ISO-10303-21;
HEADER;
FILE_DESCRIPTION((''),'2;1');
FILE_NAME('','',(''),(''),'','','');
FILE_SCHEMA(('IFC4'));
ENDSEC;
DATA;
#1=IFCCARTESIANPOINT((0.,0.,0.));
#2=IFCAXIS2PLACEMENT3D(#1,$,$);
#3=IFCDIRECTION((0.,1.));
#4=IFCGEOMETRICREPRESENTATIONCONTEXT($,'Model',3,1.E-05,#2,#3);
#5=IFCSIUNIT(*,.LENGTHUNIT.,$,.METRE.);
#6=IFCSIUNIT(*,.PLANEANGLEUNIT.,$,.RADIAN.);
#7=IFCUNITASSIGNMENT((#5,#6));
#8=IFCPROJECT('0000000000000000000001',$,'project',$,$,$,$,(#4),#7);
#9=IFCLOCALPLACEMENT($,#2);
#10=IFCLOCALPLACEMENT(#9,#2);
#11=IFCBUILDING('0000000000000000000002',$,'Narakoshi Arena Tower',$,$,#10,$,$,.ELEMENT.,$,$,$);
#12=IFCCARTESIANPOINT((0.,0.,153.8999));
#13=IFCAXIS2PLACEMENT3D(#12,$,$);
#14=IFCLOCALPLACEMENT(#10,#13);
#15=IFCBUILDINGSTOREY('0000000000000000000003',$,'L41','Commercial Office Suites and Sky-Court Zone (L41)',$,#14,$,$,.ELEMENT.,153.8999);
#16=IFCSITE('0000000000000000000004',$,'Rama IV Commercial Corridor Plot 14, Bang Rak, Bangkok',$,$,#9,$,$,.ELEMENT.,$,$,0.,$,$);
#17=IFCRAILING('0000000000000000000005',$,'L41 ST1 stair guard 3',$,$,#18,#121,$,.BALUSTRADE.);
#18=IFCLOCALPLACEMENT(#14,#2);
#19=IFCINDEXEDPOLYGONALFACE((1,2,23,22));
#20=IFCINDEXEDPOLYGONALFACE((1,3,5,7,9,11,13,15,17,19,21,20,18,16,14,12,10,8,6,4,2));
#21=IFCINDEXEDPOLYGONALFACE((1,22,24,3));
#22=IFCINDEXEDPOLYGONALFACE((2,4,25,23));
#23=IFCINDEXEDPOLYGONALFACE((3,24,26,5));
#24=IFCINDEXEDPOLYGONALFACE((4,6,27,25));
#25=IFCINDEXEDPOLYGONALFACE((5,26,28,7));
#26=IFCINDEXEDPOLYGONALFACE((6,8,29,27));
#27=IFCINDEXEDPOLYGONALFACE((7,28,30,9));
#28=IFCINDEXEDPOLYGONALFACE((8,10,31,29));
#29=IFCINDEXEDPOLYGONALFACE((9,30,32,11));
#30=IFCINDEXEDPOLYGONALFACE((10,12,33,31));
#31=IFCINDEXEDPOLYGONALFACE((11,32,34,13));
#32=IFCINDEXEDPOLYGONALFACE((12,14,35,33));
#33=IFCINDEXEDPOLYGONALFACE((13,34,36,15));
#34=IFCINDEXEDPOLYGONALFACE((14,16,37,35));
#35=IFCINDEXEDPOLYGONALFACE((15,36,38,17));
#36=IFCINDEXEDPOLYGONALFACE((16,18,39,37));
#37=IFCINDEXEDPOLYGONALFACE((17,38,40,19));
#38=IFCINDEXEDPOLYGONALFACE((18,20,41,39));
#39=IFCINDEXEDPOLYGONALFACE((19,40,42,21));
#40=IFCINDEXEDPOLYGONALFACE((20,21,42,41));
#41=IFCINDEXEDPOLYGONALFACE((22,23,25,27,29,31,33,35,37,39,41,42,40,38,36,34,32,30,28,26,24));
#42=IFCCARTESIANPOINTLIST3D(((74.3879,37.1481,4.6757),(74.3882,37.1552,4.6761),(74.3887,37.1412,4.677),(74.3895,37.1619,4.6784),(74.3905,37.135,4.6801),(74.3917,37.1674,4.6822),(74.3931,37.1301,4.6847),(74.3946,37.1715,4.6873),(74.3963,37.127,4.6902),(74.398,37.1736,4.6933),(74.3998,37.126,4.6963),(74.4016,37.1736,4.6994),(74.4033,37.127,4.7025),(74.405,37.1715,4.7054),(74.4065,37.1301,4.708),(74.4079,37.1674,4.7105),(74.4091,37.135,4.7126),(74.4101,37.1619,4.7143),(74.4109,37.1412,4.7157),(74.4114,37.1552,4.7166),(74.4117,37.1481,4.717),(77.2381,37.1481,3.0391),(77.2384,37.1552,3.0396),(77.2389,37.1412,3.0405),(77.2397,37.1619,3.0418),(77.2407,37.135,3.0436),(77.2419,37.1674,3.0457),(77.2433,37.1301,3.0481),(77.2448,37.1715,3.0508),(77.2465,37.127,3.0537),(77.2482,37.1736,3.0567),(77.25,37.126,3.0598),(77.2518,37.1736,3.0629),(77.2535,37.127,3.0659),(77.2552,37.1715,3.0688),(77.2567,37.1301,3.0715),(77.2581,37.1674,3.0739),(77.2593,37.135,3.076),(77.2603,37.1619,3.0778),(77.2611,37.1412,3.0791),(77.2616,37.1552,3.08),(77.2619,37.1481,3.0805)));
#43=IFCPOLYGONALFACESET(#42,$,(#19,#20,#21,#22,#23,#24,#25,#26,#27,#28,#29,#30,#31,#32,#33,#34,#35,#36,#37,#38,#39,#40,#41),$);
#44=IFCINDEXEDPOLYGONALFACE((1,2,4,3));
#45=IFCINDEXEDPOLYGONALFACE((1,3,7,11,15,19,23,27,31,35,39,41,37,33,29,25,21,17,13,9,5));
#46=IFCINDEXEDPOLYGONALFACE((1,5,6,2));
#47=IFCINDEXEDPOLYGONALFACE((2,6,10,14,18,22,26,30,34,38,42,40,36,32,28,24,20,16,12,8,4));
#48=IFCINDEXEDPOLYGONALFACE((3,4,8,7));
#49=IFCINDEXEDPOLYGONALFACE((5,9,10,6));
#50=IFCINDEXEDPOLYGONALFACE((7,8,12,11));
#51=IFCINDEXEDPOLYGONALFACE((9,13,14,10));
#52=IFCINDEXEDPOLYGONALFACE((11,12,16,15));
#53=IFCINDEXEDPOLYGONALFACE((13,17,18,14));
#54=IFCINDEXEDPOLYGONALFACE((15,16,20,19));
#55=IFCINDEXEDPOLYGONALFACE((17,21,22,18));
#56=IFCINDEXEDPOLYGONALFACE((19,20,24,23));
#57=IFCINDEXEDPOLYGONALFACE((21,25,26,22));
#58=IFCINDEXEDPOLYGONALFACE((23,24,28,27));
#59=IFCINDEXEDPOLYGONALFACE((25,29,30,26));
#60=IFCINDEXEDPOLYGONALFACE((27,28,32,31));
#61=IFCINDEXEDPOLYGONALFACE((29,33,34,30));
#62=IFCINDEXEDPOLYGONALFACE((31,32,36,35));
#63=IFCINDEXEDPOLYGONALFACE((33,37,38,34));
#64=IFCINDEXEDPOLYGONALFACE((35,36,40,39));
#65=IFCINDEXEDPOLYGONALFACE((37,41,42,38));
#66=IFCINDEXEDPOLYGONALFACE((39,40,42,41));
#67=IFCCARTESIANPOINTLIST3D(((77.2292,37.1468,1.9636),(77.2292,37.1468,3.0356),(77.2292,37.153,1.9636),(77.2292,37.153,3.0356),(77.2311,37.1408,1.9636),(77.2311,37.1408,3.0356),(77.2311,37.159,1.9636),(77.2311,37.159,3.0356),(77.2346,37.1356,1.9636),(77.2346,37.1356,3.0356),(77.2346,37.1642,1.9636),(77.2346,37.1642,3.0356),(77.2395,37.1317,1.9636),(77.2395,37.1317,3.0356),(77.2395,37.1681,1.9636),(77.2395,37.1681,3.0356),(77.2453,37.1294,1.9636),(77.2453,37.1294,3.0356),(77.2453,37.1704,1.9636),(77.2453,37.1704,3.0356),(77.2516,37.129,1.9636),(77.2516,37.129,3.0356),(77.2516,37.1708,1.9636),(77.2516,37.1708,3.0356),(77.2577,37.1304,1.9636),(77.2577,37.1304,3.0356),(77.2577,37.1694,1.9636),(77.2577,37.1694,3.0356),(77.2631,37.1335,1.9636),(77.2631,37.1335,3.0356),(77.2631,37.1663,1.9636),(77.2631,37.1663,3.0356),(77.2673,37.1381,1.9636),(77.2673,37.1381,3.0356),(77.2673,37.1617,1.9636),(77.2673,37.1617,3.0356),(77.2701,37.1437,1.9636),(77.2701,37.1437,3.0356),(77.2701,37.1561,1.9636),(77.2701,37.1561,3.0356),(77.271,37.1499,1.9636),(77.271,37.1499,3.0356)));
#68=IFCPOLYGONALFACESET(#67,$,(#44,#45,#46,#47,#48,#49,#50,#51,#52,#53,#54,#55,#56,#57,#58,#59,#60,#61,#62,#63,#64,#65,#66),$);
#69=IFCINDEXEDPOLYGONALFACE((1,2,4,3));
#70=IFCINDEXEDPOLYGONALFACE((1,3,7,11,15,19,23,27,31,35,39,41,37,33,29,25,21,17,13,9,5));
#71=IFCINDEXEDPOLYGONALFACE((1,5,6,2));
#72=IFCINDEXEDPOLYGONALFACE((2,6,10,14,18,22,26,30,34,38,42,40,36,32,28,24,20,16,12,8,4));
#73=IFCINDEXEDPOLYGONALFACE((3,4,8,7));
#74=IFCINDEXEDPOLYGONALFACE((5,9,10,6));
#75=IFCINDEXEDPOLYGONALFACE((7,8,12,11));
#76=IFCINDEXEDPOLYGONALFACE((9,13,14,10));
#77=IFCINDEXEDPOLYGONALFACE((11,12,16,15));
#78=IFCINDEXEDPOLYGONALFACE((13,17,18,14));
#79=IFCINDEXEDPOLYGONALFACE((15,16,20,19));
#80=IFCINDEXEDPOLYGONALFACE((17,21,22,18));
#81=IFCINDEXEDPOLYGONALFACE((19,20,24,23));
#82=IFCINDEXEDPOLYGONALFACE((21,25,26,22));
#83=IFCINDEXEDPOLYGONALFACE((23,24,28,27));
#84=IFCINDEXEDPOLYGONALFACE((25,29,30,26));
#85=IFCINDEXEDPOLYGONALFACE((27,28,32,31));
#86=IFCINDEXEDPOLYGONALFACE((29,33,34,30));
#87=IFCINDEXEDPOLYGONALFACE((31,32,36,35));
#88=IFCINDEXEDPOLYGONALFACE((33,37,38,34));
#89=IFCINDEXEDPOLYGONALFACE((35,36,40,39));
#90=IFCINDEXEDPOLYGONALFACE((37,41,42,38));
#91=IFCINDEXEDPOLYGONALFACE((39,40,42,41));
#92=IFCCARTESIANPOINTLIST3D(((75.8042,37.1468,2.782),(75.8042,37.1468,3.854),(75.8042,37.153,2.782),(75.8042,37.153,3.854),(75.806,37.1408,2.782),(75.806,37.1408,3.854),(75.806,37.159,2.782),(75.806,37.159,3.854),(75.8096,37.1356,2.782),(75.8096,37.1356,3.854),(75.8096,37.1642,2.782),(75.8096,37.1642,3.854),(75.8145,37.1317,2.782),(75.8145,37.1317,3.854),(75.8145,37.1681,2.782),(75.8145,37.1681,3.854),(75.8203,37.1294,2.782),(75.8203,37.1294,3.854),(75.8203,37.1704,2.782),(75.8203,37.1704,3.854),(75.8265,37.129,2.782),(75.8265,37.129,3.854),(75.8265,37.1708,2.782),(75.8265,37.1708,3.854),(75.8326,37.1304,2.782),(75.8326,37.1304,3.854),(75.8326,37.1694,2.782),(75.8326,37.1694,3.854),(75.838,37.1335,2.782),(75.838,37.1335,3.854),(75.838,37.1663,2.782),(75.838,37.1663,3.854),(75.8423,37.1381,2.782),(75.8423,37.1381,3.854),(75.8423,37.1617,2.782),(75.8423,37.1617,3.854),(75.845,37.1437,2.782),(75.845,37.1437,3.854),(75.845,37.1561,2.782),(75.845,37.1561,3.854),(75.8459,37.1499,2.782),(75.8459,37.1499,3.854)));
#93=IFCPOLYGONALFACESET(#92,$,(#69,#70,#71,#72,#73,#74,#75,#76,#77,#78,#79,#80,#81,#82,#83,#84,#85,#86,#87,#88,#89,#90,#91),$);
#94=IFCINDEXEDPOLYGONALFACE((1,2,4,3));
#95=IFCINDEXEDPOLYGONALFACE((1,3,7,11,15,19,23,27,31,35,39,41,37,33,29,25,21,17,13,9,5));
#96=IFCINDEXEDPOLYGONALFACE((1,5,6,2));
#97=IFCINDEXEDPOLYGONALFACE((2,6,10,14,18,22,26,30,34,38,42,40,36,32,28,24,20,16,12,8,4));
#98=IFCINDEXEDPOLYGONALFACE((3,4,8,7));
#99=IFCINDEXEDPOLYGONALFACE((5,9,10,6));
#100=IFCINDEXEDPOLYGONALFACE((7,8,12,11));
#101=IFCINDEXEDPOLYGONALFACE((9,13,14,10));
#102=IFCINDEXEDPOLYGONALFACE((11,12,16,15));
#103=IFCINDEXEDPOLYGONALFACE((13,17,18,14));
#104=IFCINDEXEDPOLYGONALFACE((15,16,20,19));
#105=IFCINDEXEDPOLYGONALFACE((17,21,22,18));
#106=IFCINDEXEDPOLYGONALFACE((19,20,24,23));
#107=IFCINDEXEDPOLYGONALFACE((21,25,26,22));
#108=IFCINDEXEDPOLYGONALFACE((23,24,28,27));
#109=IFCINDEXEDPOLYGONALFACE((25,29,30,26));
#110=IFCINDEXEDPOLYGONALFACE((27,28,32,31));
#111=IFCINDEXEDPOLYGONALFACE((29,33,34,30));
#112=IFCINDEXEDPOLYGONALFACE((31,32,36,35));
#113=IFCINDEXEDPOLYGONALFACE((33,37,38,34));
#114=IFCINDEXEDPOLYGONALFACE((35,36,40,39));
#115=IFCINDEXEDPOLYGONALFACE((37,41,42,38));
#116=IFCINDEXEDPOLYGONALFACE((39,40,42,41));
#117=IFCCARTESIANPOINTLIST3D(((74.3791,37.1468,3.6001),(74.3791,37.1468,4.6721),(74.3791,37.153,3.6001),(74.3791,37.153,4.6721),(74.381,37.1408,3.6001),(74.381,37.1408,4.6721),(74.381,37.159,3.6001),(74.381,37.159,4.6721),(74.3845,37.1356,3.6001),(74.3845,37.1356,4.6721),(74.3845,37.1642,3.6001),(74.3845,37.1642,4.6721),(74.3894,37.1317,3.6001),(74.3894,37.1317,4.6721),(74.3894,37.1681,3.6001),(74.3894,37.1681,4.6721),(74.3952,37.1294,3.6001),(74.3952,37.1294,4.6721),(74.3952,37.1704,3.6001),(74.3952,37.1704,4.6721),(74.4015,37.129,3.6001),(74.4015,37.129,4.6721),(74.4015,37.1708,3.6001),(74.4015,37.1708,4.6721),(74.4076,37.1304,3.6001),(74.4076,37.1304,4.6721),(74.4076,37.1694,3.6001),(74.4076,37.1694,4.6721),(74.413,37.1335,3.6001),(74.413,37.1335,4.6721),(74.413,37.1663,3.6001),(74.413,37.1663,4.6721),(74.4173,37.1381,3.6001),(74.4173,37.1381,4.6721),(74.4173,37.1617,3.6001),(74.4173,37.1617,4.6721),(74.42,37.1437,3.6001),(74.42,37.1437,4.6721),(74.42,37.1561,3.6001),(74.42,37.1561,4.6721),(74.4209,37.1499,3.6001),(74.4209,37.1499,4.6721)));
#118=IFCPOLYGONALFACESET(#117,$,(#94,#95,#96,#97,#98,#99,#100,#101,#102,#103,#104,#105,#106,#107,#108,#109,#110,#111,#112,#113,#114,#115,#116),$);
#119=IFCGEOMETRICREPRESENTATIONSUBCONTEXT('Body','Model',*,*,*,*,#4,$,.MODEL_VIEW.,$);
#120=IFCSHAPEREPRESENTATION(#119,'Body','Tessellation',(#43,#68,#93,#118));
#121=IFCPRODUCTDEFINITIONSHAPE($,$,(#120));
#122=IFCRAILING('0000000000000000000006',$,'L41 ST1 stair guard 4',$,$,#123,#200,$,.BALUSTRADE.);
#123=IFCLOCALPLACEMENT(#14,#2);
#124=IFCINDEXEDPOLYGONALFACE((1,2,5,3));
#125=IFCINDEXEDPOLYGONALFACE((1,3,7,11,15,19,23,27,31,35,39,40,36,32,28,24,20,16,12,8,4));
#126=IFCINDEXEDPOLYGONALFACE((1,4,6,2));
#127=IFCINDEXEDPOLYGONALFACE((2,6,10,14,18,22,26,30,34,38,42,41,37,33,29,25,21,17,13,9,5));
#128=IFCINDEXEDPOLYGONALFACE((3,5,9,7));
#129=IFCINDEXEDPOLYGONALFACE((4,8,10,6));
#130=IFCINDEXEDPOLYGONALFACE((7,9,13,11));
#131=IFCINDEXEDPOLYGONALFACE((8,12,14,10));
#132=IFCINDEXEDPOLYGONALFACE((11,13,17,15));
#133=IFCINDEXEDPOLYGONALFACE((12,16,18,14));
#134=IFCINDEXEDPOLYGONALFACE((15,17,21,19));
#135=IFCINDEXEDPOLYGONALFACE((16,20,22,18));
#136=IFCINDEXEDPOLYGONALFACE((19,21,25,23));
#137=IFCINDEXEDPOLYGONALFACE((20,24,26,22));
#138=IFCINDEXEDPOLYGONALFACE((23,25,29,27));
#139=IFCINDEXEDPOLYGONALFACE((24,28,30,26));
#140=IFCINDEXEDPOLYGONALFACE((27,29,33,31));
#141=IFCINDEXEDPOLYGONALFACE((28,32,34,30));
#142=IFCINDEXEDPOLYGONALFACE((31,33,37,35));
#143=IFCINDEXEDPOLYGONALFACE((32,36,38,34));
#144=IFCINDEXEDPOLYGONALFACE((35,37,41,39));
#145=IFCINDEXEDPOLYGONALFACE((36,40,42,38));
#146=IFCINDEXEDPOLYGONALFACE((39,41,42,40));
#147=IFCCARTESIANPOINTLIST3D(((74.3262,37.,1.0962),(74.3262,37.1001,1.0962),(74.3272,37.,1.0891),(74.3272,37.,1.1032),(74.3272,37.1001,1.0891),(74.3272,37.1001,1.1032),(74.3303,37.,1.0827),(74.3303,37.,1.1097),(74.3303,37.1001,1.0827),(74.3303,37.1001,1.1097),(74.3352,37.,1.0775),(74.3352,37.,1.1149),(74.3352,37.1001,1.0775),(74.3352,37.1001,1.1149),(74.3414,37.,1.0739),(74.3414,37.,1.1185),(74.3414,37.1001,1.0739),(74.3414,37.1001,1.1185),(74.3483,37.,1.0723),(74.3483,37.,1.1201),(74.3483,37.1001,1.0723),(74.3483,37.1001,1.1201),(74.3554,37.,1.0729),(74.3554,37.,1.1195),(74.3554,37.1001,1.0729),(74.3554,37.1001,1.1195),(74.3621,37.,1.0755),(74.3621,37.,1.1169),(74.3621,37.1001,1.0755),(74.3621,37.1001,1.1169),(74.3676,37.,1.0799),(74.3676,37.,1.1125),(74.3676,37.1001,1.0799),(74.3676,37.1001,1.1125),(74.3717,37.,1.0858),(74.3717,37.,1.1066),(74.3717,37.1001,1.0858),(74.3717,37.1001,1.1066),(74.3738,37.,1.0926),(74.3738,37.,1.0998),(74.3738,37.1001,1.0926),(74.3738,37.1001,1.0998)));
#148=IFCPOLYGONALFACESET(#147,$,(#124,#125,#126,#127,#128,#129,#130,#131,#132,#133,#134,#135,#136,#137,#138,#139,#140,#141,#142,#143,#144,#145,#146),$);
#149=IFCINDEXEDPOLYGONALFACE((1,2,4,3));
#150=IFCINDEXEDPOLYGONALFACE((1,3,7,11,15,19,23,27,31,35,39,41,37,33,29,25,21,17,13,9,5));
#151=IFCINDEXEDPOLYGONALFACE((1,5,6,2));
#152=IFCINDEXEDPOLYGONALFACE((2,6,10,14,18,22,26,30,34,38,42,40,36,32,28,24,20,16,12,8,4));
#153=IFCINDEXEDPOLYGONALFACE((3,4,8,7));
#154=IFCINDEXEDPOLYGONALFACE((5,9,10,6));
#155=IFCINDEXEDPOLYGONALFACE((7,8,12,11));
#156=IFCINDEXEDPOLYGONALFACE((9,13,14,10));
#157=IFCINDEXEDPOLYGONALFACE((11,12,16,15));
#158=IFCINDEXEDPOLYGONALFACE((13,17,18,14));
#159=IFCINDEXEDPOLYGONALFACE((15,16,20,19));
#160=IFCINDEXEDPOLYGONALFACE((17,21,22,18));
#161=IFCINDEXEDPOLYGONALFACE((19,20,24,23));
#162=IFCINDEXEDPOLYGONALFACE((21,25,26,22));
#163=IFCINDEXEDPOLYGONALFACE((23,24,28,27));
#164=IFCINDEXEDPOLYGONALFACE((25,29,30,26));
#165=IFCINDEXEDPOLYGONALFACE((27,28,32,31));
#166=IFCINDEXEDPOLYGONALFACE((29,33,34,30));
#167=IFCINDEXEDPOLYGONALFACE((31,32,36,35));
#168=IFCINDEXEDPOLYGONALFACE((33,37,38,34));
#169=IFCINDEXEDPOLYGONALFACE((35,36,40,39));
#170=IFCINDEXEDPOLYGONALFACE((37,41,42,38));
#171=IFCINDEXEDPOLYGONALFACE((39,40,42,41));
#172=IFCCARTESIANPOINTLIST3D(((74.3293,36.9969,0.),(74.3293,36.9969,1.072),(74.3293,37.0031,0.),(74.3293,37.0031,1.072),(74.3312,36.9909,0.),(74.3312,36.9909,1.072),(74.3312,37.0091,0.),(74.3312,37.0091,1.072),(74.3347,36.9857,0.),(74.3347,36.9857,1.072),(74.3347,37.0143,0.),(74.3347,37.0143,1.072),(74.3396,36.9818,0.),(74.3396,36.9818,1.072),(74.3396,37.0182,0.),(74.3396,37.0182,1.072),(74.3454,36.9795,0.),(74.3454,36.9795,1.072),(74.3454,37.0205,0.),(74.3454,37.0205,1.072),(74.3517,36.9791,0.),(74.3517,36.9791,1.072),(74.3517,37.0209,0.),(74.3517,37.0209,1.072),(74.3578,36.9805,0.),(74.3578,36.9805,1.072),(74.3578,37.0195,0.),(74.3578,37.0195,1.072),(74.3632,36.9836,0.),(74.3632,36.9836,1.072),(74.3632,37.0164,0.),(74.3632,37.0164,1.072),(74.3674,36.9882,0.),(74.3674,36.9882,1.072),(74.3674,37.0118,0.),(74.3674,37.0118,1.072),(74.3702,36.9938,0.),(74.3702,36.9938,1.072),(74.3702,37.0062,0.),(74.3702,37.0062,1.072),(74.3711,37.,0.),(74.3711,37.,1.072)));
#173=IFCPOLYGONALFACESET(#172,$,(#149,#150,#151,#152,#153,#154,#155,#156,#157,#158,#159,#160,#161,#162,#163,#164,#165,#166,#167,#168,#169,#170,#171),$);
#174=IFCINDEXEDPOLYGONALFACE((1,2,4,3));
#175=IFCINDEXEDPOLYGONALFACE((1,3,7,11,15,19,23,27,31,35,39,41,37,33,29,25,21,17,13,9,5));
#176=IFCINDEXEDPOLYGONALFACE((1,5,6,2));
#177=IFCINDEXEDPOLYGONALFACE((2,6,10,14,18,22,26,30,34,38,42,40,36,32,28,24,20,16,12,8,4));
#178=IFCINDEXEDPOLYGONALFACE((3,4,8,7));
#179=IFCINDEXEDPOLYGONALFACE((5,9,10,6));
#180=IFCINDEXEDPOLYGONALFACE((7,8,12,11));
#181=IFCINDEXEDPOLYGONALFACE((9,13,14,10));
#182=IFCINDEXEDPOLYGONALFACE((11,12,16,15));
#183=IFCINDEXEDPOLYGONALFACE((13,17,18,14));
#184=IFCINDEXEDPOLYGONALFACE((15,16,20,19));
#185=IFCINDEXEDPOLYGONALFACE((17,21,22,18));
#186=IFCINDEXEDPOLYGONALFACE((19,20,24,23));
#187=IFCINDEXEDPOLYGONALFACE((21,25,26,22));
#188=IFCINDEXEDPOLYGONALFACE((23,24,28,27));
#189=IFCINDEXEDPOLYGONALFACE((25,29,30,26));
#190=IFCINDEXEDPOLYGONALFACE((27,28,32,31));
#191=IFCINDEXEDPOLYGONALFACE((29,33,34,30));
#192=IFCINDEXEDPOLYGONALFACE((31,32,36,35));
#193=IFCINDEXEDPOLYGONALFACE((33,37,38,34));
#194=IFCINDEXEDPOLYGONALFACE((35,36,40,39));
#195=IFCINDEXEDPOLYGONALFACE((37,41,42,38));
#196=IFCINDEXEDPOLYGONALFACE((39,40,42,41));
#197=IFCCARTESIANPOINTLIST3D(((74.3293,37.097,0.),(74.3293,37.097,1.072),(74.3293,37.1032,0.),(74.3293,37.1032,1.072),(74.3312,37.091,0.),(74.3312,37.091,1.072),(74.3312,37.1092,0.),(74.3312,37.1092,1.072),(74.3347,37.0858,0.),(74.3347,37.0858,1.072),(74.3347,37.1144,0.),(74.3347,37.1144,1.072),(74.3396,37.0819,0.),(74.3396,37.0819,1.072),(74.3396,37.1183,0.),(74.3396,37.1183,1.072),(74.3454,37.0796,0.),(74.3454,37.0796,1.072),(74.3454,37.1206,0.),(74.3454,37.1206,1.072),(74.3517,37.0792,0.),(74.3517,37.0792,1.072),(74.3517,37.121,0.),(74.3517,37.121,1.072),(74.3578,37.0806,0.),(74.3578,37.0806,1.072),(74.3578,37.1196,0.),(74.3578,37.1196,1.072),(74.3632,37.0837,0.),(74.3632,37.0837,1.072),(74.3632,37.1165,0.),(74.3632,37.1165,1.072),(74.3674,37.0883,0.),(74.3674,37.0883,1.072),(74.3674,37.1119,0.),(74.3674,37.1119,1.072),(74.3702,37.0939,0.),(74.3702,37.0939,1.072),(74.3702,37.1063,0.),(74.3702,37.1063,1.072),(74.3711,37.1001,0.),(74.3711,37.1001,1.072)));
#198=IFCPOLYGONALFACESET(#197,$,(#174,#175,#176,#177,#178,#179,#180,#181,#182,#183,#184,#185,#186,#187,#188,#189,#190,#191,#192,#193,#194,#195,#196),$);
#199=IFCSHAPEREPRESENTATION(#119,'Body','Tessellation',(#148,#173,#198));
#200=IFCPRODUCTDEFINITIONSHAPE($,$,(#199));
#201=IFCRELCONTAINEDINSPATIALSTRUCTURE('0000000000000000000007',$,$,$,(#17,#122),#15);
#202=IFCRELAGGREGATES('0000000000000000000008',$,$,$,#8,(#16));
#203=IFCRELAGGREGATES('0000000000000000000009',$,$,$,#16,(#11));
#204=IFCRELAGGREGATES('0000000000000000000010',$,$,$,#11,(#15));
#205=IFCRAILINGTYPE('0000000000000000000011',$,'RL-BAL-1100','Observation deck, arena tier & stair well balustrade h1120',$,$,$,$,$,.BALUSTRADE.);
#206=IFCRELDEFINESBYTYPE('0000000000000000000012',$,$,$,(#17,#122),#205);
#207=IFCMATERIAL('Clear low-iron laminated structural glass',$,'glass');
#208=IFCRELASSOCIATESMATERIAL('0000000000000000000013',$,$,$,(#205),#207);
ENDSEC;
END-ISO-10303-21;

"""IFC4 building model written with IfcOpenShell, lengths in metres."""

from ifc_helpers import new_model, si_unit, direction, frame, origin, origin_2d, place, context, subcontext, project, spatial, circle, extrude, material, type_object, element, save


model = new_model("IFC4")

# Units and contexts
model_context = context("Model", 3, precision=1e-05, world=origin(), true_north=direction((0.0, 1.0)))
body_context = subcontext(model_context, "Body", "Model", "MODEL_VIEW")
ifc_project = project(units=[si_unit("LENGTHUNIT", "METRE"), si_unit("PLANEANGLEUNIT", "RADIAN")], contexts=[model_context])

# Site, building, storey
site_placement = place(None, origin())
site = spatial("IfcSite", under=ifc_project, at=site_placement, Name="Rama IV Commercial Corridor Plot 14, Bang Rak, Bangkok", CompositionType="ELEMENT", RefElevation=0.0)
building_placement = place(site_placement, origin())
building = spatial("IfcBuilding", under=site, at=building_placement, Name="Narakoshi Arena Tower", CompositionType="ELEMENT")
storey_placement = place(building_placement, frame((0.0, 0.0, 153.8999)))
storey = spatial("IfcBuildingStorey", under=building, at=storey_placement, Name="L41", Description="Commercial Office Suites and Sky-Court Zone (L41)", CompositionType="ELEMENT", Elevation=153.8999)

# Railings
ifc_material_1 = material(Name="Clear low-iron laminated structural glass", Category="glass")
railing_type_1 = type_object("IfcRailingType", Name="RL-BAL-1100", Description="Observation deck, arena tier & stair well balustrade h1120", PredefinedType="BALUSTRADE", material=ifc_material_1)
railing_1_placement = place(storey_placement, frame((77.25, 37.1499, 1.9636)))
element("IfcRailing", 1, at=railing_1_placement, inside=storey, type_object=railing_type_1, Name="L41 ST1 stair guard 3", PredefinedType="BALUSTRADE", context=body_context, shape_type="SweptSolid", body=[
    extrude(circle(Radius=0.0239, at=origin_2d()), frame((0.0, 0.0, 1.0962), z_axis=(-0.867213, 0.0, 0.497938), x_axis=(0.0, -1.0, 0.0)), (0.0, 0.0, 1.0), 3.2866),
    extrude(circle(Radius=0.021, at=origin_2d()), origin(), (0.0, 0.0, 1.0), 1.072),
    extrude(circle(Radius=0.021, at=origin_2d()), frame((-1.425, 0.0, 0.8184)), (0.0, 0.0, 1.0), 1.072),
    extrude(circle(Radius=0.021, at=origin_2d()), frame((-2.8501, 0.0, 1.6365)), (0.0, 0.0, 1.0), 1.072),
])
railing_2_placement = place(storey_placement, frame((74.3501, 37.0, 0.0)))
element("IfcRailing", 2, at=railing_2_placement, inside=storey, type_object=railing_type_1, Name="L41 ST1 stair guard 4", PredefinedType="BALUSTRADE", context=body_context, shape_type="SweptSolid", body=[
    extrude(circle(Radius=0.0239, at=origin_2d()), frame((0.0, 0.0, 1.0962), z_axis=(0.0, 1.0, 0.0), x_axis=(-1.0, 0.0, 0.0)), (0.0, 0.0, 1.0), 0.1001),
    extrude(circle(Radius=0.021, at=origin_2d()), origin(), (0.0, 0.0, 1.0), 1.072),
    extrude(circle(Radius=0.021, at=origin_2d()), frame((0.0, 0.1001, 0.0)), (0.0, 0.0, 1.0), 1.072),
])

save(model, "model.ifc")
